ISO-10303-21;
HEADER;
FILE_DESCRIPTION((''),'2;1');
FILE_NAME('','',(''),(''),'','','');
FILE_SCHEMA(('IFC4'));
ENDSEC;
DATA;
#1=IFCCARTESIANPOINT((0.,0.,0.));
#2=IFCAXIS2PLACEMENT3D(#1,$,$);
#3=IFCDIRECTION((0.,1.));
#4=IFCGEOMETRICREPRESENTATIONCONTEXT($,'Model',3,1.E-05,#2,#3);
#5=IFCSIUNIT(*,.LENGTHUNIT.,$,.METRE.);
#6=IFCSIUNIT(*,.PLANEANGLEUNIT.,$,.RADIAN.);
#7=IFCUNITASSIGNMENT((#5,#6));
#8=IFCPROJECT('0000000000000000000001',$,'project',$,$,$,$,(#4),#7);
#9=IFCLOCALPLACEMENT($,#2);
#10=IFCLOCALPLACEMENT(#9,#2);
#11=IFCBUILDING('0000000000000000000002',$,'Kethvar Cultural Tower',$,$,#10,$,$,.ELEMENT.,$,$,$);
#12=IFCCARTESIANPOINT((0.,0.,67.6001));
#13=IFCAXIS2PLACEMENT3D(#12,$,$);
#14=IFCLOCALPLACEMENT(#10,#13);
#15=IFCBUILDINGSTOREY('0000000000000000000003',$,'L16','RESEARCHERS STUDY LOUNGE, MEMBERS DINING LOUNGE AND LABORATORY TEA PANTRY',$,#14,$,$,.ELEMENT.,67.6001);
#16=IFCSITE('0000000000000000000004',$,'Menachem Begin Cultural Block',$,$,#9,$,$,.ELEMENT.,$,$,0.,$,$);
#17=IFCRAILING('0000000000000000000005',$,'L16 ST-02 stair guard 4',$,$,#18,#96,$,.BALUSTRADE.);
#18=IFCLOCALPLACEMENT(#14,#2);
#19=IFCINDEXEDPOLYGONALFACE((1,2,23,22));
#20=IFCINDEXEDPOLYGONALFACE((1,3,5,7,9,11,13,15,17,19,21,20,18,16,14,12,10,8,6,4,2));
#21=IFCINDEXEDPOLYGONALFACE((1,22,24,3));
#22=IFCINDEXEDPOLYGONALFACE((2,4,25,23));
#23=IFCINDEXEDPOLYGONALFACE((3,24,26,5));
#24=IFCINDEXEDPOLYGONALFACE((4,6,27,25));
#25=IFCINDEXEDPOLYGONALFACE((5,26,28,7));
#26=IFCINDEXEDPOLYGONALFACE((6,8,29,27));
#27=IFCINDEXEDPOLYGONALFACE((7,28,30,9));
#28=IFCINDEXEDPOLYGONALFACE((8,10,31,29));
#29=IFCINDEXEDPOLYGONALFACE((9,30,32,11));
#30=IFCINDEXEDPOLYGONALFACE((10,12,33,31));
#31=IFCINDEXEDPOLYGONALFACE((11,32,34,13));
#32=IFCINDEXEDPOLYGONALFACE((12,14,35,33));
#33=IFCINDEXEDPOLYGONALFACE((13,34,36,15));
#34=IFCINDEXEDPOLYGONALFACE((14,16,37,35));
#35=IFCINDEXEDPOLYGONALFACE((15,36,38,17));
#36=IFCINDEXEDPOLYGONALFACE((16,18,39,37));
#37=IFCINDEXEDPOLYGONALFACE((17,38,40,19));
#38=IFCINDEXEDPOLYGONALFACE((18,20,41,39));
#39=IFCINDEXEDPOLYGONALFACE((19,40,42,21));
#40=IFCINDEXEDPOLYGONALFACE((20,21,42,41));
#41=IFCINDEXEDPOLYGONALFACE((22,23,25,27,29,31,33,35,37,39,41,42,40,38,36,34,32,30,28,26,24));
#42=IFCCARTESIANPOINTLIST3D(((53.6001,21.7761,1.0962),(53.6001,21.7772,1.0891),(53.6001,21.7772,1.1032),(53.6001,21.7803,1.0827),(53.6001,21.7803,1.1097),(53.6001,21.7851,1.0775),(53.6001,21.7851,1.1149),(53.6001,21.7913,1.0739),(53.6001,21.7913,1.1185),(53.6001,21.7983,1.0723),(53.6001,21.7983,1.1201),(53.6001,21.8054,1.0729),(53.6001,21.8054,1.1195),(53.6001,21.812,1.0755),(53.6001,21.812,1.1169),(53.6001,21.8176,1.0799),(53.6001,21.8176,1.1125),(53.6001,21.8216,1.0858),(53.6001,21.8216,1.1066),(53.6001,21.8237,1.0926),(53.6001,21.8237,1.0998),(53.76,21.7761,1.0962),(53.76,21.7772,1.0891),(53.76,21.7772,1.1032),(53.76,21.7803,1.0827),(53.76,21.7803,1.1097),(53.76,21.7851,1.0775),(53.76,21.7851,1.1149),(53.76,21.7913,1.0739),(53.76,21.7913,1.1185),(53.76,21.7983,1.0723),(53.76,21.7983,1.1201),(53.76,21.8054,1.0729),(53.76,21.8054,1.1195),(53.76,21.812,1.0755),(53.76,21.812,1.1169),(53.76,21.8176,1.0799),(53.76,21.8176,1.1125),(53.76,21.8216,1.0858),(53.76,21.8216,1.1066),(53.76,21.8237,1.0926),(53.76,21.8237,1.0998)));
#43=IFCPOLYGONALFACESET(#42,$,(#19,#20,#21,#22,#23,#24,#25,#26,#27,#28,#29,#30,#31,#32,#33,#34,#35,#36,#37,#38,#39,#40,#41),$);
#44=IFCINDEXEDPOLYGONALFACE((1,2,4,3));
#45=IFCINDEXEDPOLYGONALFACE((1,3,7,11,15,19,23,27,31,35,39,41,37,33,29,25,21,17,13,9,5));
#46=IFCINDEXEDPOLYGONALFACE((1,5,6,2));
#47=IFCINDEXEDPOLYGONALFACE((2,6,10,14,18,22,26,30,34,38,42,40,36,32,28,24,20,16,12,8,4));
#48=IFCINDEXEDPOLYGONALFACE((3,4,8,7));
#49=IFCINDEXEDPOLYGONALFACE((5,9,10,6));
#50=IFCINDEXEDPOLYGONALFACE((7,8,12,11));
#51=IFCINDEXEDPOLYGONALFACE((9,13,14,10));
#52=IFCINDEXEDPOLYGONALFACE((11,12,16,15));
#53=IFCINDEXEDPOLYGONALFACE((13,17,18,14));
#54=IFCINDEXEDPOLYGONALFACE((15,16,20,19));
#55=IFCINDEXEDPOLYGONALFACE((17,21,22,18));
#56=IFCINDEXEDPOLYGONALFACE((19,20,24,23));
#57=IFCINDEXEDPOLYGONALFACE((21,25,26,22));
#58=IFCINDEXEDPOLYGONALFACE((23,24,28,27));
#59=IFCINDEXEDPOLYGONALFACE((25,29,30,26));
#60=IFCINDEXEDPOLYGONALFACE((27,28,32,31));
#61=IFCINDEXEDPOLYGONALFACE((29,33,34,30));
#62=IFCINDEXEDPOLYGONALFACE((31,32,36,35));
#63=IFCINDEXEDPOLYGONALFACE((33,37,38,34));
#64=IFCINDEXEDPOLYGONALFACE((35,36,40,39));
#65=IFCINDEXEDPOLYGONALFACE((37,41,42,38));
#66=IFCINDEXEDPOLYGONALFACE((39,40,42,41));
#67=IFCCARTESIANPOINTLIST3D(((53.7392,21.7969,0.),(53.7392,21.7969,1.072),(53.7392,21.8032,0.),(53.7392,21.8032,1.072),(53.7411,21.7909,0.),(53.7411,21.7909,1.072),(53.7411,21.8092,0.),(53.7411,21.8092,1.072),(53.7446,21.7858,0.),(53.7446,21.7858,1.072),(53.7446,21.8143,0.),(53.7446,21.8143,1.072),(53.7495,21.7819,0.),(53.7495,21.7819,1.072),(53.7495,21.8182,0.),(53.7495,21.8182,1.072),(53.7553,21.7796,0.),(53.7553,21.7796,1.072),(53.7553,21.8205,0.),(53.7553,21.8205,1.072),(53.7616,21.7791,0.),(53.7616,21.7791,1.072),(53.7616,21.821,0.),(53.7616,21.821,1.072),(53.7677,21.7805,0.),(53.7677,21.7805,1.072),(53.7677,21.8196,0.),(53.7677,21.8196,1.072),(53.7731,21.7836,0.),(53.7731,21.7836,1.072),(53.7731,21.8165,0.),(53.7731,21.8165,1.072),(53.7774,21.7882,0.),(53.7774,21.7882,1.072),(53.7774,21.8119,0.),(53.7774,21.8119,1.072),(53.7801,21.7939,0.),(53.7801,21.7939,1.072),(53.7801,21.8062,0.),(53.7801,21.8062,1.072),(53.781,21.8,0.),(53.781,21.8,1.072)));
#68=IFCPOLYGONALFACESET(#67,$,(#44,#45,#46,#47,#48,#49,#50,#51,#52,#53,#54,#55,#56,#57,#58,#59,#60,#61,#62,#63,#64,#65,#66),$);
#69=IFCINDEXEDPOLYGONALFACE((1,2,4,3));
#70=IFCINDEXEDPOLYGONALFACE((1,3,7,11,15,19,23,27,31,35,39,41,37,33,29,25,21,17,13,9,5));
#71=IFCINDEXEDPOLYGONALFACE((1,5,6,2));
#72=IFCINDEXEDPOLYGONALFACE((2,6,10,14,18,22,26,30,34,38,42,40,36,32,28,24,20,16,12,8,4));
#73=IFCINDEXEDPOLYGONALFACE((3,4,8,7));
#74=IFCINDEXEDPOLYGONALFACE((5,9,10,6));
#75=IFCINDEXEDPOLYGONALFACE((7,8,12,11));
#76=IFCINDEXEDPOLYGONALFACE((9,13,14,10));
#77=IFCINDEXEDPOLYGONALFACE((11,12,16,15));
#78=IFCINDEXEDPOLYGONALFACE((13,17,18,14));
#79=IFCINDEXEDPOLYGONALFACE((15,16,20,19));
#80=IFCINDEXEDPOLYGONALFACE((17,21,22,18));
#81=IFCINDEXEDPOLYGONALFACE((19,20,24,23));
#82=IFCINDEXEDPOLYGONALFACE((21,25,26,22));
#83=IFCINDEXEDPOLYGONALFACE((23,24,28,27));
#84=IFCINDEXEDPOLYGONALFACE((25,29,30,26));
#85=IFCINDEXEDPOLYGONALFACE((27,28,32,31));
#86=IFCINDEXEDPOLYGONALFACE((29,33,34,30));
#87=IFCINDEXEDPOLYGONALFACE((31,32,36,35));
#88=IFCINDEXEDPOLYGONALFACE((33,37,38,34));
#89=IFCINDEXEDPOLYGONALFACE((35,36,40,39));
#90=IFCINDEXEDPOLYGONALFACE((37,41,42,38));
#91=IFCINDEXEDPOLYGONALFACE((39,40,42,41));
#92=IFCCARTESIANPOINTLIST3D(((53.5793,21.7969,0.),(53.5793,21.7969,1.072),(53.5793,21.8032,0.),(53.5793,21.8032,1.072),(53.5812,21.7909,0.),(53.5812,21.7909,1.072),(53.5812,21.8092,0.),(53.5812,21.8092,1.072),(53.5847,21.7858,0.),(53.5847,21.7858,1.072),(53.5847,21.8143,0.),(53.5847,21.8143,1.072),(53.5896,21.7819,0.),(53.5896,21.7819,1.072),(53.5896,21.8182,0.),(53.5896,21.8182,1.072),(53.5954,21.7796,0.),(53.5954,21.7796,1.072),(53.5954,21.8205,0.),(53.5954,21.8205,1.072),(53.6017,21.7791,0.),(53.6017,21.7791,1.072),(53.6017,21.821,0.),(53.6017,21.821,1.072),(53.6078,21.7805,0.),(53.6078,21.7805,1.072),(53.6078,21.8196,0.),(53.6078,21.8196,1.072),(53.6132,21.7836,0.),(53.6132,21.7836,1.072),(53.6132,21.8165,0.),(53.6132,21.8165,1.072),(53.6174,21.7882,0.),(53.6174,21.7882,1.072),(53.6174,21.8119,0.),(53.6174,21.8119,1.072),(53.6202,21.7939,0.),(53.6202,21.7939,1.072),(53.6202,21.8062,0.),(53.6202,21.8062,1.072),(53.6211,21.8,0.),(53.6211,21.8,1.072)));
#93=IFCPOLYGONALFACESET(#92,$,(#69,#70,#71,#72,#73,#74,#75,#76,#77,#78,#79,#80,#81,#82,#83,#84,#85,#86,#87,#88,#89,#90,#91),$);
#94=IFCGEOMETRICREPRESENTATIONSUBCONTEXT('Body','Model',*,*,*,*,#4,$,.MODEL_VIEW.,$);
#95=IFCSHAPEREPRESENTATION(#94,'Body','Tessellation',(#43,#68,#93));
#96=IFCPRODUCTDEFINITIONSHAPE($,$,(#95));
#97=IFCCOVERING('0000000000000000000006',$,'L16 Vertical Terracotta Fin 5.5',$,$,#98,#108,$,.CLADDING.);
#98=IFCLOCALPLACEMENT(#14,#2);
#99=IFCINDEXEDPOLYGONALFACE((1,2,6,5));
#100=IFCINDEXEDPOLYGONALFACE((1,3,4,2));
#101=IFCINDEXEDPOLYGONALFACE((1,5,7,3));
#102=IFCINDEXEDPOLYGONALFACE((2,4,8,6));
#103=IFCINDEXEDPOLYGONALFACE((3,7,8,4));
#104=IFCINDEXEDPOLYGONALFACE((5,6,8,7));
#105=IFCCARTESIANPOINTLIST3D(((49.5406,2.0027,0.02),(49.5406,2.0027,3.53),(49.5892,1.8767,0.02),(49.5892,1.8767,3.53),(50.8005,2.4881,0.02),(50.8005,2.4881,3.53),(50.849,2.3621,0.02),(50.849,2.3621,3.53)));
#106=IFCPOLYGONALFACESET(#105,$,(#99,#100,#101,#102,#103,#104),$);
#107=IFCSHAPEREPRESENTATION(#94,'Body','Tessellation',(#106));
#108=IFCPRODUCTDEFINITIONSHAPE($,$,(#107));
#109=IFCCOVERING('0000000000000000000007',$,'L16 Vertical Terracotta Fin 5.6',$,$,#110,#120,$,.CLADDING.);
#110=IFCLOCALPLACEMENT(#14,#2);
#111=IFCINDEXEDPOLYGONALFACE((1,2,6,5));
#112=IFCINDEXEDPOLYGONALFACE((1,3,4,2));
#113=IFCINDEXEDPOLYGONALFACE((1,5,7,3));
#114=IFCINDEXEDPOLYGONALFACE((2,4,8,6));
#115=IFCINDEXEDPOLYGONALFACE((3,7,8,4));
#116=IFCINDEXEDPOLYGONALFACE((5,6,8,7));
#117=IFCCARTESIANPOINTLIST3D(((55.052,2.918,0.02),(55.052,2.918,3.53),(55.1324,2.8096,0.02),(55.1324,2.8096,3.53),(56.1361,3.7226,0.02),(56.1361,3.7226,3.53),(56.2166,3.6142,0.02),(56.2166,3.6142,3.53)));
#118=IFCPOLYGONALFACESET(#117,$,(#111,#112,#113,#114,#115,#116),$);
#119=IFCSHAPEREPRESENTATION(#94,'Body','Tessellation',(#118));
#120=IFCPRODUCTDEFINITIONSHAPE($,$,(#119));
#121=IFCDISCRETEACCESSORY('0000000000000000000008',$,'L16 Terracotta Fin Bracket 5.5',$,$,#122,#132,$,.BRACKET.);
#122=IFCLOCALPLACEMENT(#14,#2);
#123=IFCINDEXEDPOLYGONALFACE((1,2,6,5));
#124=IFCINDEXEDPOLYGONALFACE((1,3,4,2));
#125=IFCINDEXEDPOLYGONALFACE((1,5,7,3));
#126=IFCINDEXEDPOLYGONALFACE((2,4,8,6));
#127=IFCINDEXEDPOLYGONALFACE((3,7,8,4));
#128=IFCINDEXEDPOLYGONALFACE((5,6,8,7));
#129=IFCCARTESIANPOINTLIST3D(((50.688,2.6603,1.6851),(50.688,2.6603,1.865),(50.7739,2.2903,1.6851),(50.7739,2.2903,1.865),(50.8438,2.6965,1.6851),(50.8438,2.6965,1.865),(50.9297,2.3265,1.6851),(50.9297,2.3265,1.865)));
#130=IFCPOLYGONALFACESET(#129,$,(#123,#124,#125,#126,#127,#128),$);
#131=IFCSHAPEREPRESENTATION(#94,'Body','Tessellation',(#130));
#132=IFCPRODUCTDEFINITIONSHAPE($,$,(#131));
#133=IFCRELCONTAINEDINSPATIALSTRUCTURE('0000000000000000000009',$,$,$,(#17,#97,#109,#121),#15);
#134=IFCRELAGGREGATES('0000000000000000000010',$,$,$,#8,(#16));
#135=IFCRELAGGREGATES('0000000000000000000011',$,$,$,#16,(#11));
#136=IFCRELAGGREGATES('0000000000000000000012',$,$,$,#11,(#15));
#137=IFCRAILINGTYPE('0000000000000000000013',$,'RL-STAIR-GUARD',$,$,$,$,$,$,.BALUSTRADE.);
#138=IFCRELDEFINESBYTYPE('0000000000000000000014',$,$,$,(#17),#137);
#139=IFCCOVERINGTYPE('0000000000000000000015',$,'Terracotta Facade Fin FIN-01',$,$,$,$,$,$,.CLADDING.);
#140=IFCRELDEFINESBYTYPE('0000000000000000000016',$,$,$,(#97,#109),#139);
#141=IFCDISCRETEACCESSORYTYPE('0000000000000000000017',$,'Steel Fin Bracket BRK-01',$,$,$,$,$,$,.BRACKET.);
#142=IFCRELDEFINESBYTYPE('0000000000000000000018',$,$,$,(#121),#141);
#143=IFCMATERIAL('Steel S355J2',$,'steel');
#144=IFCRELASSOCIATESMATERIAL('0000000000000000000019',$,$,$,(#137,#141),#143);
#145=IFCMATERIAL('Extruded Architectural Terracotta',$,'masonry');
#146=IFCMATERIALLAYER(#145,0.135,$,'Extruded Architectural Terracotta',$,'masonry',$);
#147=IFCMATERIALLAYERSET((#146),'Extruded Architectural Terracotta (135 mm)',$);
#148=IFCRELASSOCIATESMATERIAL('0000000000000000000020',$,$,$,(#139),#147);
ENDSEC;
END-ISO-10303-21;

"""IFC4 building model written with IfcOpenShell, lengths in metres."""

from ifc_helpers import new_model, si_unit, direction, frame, origin, origin_2d, place, context, subcontext, project, spatial, rectangle, circle, extrude, source, transform, mapped, material, layer, layer_set, type_object, element, save


model = new_model("IFC4")

# Units and contexts
model_context = context("Model", 3, precision=1e-05, world=origin(), true_north=direction((0.0, 1.0)))
body_context = subcontext(model_context, "Body", "Model", "MODEL_VIEW")
ifc_project = project(units=[si_unit("LENGTHUNIT", "METRE"), si_unit("PLANEANGLEUNIT", "RADIAN")], contexts=[model_context])

# Site, building, storey
site_placement = place(None, origin())
site = spatial("IfcSite", under=ifc_project, at=site_placement, Name="Menachem Begin Cultural Block", CompositionType="ELEMENT", RefElevation=0.0)
building_placement = place(site_placement, origin())
building = spatial("IfcBuilding", under=site, at=building_placement, Name="Kethvar Cultural Tower", CompositionType="ELEMENT")
storey_placement = place(building_placement, frame((0.0, 0.0, 67.6001)))
storey = spatial("IfcBuildingStorey", under=building, at=storey_placement, Name="L16", Description="RESEARCHERS STUDY LOUNGE, MEMBERS DINING LOUNGE AND LABORATORY TEA PANTRY", CompositionType="ELEMENT", Elevation=67.6001)

# Shared definitions
ifc_material_1 = material(Name="Steel S355J2", Category="steel")

# Railing
railing_type = type_object("IfcRailingType", Name="RL-STAIR-GUARD", PredefinedType="BALUSTRADE", material=ifc_material_1)
railing_placement = place(storey_placement, frame((53.76, 21.8, 0.0)))
element("IfcRailing", 1, at=railing_placement, inside=storey, type_object=railing_type, Name="L16 ST-02 stair guard 4", PredefinedType="BALUSTRADE", context=body_context, shape_type="SweptSolid", body=[
    extrude(circle(Radius=0.0239, at=origin_2d()), frame((0.0, 0.0, 1.0962), z_axis=(-1.0, 0.0, 0.0), x_axis=(0.0, -1.0, 0.0)), (0.0, 0.0, 1.0), 0.1599),
    extrude(circle(Radius=0.021, at=origin_2d()), origin(), (0.0, 0.0, 1.0), 1.072),
    extrude(circle(Radius=0.021, at=origin_2d()), frame((-0.1599, 0.0, 0.0)), (0.0, 0.0, 1.0), 1.072),
])

# Coverings
ifc_material_2 = material(Name="Extruded Architectural Terracotta", Category="masonry")
ifc_layer_1 = layer(ifc_material_2, 0.135, Name="Extruded Architectural Terracotta", Category="masonry")
ifc_layer_set_1 = layer_set([ifc_layer_1], Name="Extruded Architectural Terracotta (135 mm)")
covering_type = type_object("IfcCoveringType", Name="Terracotta Facade Fin FIN-01", PredefinedType="CLADDING", material=ifc_layer_set_1)
shared_shape_1 = source(origin(), body_context, "Body", "SweptSolid", [
    extrude(rectangle(XDim=1.3501, YDim=0.135, at=origin_2d()), origin(), (0.0, 0.0, 1.0), 3.51),
])
for number, where, z_axis, x_axis, name in (
    (2, (50.1948, 2.1824, 0.02), (0.0, 0.0, 1.0), (-0.933142, -0.359508, 0.0), "L16 Vertical Terracotta Fin 5.5"),
    (3, (55.6343, 3.2661, 0.02), (0.0, 0.0, 1.0), (-0.803026, -0.595945, 0.0), "L16 Vertical Terracotta Fin 5.6"),
):
    element("IfcCovering", number, at=place(storey_placement, frame(where, z_axis=z_axis, x_axis=x_axis)), inside=storey, type_object=covering_type, Name=name, PredefinedType="CLADDING", context=body_context, shape_type="MappedRepresentation", body=[
        mapped(shared_shape_1, transform((0.0, 0.0, 0.0), scale=1.0)),
    ])

# Discrete accessory
discrete_accessory_type = type_object("IfcDiscreteAccessoryType", Name="Steel Fin Bracket BRK-01", PredefinedType="BRACKET", material=ifc_material_1)
shared_shape_2 = source(origin(), body_context, "Body", "SweptSolid", [
    extrude(rectangle(XDim=0.3799, YDim=0.1599, at=origin_2d()), origin(), (0.0, 0.0, 1.0), 0.1799),
])
discrete_accessory_placement = place(storey_placement, frame((50.8088, 2.4934, 1.6851), z_axis=(0.0, 0.0, 1.0), x_axis=(0.226141, -0.974095, 0.0)))
element("IfcDiscreteAccessory", 4, at=discrete_accessory_placement, inside=storey, type_object=discrete_accessory_type, Name="L16 Terracotta Fin Bracket 5.5", PredefinedType="BRACKET", context=body_context, shape_type="MappedRepresentation", body=[
    mapped(shared_shape_2, transform((0.0, 0.0, 0.0), scale=1.0)),
])

save(model, "model.ifc")
